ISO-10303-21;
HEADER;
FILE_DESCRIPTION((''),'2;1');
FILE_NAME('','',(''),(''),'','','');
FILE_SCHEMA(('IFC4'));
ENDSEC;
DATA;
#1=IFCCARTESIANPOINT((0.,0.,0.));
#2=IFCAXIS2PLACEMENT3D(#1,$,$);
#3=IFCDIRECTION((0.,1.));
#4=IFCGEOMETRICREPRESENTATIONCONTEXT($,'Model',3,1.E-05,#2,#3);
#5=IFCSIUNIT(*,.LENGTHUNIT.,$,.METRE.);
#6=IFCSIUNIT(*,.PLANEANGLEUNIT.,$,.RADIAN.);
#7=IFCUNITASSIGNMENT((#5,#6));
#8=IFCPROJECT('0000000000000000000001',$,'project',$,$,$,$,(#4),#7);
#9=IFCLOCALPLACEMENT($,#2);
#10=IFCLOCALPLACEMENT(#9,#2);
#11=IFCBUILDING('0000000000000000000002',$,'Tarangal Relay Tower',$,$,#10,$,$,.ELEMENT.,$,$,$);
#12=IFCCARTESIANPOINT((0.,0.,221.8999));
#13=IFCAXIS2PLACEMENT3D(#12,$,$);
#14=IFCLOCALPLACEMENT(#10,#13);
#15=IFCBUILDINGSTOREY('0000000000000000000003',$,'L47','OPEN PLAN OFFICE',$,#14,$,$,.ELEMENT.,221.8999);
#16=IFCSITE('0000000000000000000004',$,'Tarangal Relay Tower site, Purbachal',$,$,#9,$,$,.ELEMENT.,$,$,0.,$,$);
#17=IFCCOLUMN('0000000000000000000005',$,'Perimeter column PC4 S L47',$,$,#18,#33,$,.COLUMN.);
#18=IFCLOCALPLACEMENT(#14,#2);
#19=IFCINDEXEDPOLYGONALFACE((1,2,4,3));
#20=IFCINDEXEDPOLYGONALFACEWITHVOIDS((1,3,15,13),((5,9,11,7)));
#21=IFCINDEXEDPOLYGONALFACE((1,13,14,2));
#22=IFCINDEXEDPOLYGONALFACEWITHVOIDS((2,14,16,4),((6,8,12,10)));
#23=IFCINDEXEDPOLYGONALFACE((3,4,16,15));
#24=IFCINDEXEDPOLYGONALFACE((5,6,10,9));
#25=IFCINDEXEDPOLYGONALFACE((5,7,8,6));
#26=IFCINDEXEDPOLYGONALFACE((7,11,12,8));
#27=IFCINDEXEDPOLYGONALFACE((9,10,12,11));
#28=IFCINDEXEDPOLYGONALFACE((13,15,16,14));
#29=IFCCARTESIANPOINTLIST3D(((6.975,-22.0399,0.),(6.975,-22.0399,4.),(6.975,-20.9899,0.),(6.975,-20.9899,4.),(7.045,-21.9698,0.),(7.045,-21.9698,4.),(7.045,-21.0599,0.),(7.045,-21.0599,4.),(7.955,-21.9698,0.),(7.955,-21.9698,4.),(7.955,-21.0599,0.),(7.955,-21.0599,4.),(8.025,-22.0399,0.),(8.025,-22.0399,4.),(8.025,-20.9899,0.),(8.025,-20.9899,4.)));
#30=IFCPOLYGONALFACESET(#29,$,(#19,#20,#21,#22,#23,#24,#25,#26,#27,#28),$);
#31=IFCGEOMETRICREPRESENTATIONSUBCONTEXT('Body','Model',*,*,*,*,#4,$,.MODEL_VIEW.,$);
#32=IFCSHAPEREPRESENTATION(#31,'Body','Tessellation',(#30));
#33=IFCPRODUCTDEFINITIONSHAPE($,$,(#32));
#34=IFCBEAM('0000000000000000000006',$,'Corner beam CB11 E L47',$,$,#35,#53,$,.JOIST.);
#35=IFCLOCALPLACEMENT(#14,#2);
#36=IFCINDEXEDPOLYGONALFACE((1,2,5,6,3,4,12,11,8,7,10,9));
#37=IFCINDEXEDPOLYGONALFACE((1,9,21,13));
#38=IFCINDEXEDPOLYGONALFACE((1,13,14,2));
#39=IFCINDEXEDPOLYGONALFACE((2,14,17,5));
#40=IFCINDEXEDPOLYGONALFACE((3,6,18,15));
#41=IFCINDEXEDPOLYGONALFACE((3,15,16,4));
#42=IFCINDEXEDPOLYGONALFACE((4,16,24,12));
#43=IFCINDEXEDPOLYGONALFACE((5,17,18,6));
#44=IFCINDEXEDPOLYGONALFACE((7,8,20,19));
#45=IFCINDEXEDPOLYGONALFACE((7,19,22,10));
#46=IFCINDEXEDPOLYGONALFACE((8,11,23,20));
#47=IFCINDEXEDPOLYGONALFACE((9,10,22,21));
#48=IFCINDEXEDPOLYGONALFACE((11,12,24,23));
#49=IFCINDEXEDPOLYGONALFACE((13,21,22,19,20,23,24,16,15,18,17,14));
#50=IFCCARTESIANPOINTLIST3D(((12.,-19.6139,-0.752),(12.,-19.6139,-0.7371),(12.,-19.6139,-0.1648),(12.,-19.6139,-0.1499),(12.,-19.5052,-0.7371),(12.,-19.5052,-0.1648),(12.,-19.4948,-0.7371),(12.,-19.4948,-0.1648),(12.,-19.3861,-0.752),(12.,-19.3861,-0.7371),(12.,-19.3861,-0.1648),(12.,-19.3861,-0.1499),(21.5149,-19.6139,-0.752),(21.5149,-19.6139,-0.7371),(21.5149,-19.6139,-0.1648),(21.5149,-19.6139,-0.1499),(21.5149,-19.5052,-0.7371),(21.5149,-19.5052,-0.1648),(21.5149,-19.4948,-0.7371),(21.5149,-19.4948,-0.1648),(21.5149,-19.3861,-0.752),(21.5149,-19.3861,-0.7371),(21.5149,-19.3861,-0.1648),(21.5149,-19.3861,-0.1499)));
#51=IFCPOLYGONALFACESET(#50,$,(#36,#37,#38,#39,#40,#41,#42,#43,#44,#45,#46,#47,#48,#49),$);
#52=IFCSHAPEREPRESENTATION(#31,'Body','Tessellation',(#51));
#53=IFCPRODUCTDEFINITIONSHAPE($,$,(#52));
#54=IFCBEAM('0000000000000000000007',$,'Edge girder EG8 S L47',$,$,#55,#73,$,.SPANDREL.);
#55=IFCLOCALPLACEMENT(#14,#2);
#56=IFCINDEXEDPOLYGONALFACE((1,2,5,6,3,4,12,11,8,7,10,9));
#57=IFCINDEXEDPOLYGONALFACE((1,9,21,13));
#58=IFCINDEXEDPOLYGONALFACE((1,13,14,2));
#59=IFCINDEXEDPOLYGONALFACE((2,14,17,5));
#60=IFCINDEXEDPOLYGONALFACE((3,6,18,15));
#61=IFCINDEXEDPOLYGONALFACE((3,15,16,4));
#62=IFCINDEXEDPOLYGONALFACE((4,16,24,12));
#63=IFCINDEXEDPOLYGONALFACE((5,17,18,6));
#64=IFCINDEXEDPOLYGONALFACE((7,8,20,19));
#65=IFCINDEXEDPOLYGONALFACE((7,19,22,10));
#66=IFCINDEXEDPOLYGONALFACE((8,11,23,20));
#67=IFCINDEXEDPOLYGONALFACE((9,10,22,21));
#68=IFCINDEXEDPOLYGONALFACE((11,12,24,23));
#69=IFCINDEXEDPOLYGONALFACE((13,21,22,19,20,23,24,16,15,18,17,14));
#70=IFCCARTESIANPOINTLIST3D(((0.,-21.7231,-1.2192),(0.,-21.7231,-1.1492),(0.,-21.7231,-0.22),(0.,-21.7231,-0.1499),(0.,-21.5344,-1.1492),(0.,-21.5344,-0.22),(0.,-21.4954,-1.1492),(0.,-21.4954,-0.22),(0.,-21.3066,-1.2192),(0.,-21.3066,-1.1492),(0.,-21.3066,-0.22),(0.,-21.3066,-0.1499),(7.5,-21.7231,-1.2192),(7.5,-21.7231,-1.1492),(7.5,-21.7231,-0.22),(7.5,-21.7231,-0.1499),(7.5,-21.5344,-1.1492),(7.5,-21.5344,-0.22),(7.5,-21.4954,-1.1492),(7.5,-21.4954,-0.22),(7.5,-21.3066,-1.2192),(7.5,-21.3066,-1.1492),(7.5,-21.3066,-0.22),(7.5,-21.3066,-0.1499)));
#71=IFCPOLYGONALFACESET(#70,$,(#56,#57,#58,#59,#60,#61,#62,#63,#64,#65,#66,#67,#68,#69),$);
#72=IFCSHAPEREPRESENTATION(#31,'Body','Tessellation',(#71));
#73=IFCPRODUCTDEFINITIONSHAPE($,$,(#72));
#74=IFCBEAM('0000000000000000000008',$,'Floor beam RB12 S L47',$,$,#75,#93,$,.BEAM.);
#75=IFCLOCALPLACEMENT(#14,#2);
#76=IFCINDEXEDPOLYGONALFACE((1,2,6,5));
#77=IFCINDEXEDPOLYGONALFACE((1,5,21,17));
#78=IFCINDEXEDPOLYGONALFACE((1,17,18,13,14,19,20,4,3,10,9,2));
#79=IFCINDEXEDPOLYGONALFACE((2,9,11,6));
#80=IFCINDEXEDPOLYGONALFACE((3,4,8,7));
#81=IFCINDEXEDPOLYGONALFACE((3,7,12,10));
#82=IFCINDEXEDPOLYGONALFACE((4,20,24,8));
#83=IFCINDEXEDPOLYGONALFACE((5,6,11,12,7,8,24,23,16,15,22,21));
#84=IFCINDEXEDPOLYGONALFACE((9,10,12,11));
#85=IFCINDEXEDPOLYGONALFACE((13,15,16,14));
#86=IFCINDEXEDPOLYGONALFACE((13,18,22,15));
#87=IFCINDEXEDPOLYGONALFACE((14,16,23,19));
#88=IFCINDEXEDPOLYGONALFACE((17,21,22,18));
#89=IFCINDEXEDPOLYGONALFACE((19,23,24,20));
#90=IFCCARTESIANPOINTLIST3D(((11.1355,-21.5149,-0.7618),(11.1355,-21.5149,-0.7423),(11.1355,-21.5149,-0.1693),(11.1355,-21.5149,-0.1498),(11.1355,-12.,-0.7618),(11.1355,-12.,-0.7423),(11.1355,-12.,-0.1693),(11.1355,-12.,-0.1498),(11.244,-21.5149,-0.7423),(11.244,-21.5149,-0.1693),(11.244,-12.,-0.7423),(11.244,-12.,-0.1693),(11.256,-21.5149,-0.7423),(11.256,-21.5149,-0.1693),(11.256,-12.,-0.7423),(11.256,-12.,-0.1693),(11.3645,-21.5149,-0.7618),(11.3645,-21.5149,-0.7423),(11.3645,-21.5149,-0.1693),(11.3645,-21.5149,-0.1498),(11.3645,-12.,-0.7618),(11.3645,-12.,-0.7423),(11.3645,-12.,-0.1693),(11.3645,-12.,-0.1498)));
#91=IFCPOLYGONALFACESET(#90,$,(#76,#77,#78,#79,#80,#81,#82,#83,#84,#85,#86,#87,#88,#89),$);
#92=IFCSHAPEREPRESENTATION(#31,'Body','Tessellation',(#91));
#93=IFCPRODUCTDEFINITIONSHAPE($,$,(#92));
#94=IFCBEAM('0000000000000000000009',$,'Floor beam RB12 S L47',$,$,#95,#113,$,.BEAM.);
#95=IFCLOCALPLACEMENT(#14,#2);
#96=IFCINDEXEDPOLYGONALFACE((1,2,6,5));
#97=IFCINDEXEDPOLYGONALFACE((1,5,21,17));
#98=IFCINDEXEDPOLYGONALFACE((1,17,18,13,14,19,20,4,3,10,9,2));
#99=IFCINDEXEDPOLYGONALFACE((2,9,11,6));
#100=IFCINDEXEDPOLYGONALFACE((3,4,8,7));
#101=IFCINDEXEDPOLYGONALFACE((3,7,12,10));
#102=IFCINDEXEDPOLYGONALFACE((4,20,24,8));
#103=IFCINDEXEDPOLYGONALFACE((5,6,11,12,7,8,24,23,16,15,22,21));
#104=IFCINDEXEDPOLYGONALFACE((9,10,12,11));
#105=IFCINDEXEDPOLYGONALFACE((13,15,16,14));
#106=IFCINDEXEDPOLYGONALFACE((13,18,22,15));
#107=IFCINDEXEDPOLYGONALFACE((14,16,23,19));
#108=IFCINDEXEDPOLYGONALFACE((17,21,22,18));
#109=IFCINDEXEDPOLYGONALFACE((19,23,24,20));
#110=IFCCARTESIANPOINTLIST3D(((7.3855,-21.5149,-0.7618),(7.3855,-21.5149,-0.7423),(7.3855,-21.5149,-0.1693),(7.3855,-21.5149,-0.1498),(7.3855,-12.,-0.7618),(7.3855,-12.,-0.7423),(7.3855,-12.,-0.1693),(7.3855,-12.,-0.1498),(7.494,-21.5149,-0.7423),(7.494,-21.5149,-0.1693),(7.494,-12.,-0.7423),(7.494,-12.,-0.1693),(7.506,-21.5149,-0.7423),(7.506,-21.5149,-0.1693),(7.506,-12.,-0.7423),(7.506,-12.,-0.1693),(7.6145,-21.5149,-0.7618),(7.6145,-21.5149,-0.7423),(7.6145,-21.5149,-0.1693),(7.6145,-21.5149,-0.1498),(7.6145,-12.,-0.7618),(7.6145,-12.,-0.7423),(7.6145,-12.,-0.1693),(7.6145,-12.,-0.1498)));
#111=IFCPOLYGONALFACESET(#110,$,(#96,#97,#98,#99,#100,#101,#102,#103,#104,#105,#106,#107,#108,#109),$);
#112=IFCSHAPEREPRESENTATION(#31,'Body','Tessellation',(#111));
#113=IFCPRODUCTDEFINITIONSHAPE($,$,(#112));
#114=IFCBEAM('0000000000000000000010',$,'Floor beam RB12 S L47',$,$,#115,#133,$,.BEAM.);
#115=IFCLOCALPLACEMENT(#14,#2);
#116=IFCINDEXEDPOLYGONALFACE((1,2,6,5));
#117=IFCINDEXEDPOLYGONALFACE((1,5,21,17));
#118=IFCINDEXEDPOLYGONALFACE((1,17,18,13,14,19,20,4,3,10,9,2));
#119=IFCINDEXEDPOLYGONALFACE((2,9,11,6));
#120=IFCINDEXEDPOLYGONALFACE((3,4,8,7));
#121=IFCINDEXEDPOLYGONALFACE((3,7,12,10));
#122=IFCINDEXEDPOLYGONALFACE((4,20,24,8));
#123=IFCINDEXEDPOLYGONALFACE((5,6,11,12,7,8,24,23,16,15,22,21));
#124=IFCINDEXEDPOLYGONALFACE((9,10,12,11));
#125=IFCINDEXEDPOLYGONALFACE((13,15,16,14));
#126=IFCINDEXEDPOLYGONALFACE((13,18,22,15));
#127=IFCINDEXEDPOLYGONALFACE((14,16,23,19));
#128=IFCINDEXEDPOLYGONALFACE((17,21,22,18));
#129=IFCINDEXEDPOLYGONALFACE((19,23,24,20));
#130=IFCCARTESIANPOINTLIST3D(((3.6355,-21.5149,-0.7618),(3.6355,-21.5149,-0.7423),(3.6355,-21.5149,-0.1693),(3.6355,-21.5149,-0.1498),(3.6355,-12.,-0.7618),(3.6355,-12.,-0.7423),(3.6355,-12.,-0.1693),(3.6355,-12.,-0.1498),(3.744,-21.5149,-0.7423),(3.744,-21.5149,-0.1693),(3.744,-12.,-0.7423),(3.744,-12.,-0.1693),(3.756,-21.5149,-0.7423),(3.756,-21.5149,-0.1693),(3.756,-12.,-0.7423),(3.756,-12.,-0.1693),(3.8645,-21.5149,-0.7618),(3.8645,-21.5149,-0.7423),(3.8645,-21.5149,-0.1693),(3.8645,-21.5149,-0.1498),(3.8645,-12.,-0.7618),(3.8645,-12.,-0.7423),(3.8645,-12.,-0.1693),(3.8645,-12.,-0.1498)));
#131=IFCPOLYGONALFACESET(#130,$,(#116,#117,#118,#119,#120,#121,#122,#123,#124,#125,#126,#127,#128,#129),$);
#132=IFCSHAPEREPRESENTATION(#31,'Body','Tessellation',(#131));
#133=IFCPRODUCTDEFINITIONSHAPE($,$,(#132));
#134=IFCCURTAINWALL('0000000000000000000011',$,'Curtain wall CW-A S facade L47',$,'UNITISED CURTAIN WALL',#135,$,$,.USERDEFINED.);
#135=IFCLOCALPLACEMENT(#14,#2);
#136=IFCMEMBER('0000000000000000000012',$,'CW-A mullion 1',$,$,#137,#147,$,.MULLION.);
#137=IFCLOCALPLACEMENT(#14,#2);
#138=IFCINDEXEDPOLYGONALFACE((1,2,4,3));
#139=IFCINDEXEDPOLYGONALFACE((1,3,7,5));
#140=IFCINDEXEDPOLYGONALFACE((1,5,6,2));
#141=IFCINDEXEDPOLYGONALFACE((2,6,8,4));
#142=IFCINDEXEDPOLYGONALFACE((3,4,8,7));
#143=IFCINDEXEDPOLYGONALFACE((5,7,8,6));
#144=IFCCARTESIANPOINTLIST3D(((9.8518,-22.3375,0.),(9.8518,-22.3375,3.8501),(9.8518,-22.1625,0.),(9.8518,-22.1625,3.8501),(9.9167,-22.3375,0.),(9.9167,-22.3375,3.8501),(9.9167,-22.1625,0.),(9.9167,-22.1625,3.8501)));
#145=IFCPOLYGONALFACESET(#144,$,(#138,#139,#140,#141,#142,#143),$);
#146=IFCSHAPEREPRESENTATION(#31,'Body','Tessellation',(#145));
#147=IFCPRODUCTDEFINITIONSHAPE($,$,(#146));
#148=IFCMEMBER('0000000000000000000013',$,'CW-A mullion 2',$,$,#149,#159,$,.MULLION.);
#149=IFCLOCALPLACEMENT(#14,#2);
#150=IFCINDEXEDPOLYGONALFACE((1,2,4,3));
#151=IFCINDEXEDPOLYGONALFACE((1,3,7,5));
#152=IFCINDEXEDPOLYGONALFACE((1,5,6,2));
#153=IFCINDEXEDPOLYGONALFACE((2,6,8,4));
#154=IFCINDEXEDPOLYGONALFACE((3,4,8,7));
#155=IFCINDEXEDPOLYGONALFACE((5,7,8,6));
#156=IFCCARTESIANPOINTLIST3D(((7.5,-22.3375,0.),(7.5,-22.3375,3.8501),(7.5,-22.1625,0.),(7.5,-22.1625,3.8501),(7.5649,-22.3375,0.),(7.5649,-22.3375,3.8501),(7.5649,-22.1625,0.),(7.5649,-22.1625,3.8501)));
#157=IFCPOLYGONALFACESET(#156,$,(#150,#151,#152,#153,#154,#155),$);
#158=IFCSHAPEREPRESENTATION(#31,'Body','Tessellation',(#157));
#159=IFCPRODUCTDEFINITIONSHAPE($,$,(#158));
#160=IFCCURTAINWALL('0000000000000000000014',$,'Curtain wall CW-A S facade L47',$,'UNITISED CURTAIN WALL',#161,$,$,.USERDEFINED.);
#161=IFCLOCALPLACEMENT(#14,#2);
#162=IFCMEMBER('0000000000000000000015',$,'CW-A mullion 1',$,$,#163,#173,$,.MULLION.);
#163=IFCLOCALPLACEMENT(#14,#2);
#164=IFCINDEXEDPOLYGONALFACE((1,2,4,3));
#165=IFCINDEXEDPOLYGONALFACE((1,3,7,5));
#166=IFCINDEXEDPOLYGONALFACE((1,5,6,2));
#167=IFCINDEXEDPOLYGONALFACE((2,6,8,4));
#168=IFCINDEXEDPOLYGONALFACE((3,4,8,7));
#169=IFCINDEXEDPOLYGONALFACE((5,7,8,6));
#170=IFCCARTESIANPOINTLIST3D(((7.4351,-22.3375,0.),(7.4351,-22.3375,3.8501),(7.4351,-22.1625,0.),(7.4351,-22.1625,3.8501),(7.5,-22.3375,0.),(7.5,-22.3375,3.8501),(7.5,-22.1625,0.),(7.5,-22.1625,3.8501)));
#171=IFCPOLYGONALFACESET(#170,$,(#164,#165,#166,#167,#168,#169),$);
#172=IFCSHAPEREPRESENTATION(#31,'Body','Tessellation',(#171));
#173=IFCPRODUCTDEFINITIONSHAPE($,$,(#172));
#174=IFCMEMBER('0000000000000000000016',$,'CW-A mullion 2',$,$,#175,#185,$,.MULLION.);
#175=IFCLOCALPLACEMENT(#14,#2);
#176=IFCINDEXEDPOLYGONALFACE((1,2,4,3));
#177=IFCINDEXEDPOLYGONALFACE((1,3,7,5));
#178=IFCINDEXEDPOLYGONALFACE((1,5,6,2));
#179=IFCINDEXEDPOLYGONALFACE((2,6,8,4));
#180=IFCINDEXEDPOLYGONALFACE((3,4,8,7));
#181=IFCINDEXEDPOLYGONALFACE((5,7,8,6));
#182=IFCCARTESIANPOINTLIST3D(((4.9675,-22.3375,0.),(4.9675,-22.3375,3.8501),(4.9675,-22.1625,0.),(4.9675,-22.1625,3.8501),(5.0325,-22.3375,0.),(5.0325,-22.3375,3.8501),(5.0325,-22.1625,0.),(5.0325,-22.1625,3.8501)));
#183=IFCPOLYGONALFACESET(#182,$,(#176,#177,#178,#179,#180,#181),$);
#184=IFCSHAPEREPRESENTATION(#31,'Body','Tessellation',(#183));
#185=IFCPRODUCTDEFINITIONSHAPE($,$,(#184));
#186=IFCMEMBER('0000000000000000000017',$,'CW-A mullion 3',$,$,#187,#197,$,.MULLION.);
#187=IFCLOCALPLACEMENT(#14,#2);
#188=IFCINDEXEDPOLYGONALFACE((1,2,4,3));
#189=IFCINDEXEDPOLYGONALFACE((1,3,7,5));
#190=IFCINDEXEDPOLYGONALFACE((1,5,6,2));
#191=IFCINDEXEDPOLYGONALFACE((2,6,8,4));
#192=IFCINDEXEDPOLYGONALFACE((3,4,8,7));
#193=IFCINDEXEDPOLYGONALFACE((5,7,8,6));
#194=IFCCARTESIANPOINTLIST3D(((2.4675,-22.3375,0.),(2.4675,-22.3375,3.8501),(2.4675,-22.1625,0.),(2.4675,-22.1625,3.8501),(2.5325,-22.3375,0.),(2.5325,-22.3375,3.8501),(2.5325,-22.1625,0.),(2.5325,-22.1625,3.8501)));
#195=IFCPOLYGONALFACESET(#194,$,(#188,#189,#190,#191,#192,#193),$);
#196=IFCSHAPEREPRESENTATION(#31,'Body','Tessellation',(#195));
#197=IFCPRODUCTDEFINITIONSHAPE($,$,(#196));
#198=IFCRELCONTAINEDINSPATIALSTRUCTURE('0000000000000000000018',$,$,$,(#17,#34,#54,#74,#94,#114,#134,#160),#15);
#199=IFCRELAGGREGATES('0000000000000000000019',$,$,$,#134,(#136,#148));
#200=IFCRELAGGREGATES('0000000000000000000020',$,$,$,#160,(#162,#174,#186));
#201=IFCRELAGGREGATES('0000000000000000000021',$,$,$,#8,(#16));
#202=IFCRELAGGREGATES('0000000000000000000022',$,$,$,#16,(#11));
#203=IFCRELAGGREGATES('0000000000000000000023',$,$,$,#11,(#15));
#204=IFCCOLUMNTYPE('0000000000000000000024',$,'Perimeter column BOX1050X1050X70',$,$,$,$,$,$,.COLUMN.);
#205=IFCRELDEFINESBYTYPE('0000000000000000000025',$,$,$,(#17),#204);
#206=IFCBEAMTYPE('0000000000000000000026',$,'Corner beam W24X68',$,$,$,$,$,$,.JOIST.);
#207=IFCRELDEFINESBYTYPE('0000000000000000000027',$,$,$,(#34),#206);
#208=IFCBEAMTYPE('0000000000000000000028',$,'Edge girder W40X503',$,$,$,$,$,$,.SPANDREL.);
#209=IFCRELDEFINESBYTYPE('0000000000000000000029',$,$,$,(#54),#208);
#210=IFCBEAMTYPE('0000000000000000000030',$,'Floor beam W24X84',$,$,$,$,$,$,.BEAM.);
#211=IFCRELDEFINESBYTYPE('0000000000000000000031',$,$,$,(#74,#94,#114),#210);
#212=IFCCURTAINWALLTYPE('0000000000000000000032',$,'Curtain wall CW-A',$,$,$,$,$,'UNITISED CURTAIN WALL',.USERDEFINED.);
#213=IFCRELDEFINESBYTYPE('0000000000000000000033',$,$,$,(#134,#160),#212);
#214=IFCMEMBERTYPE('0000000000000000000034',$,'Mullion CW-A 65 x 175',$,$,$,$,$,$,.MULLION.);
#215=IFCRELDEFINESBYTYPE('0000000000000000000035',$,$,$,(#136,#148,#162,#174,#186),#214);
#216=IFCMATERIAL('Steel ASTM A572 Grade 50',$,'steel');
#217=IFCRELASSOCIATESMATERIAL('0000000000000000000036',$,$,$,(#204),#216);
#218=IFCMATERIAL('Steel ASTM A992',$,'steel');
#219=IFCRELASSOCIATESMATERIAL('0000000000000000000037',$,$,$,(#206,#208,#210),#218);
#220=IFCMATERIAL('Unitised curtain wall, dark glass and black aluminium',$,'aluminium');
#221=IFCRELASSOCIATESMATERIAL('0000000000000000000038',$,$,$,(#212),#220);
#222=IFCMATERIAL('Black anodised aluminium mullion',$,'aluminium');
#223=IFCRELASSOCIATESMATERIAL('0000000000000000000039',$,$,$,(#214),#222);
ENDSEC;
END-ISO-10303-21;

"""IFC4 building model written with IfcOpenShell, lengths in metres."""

from ifc_helpers import new_model, si_unit, direction, frame, origin, origin_2d, place, context, subcontext, project, spatial, rectangle, hollow_rectangle, i_section, extrude, material, material_profile, profile_set, type_object, element, aggregate, save


model = new_model("IFC4")

# Units and contexts
model_context = context("Model", 3, precision=1e-05, world=origin(), true_north=direction((0.0, 1.0)))
body_context = subcontext(model_context, "Body", "Model", "MODEL_VIEW")
ifc_project = project(units=[si_unit("LENGTHUNIT", "METRE"), si_unit("PLANEANGLEUNIT", "RADIAN")], contexts=[model_context])

# Site, building, storey
site_placement = place(None, origin())
site = spatial("IfcSite", under=ifc_project, at=site_placement, Name="Tarangal Relay Tower site, Purbachal", CompositionType="ELEMENT", RefElevation=0.0)
building_placement = place(site_placement, origin())
building = spatial("IfcBuilding", under=site, at=building_placement, Name="Tarangal Relay Tower", CompositionType="ELEMENT")
storey_placement = place(building_placement, frame((0.0, 0.0, 221.8999)))
storey = spatial("IfcBuildingStorey", under=building, at=storey_placement, Name="L47", Description="OPEN PLAN OFFICE", CompositionType="ELEMENT", Elevation=221.8999)

# Column
ifc_material_1 = material(Name="Steel ASTM A572 Grade 50", Category="steel")
ifc_material_profile_1 = material_profile(ifc_material_1, hollow_rectangle(XDim=1.05, YDim=1.05, WallThickness=0.0701, at=origin_2d()), Name="BOX1050X1050X70")
ifc_profile_set_1 = profile_set([ifc_material_profile_1], Name="Steel ASTM A572 Grade 50")
column_type = type_object("IfcColumnType", Name="Perimeter column BOX1050X1050X70", PredefinedType="COLUMN", material=ifc_profile_set_1)
column_placement = place(storey_placement, frame((7.5, -21.5149, 0.0), z_axis=(0.0, 0.0, 1.0), x_axis=(1.0, 0.0, 0.0)))
element("IfcColumn", 1, at=column_placement, inside=storey, type_object=column_type, Name="Perimeter column PC4 S L47", PredefinedType="COLUMN", context=body_context, shape_type="SweptSolid", body=[
    extrude(hollow_rectangle(XDim=1.05, YDim=1.05, WallThickness=0.0701, at=origin_2d()), origin(), (0.0, 0.0, 1.0), 4.0),
])

# Beams
ifc_material_2 = material(Name="Steel ASTM A992", Category="steel")
ifc_material_profile_2 = material_profile(ifc_material_2, i_section(OverallWidth=0.2278, OverallDepth=0.6021, WebThickness=0.0105, FlangeThickness=0.0149, at=origin_2d()), Name="W24X68")
ifc_profile_set_2 = profile_set([ifc_material_profile_2], Name="Steel ASTM A992")
beam_type_1 = type_object("IfcBeamType", Name="Corner beam W24X68", PredefinedType="JOIST", material=ifc_profile_set_2)
beam_1_placement = place(storey_placement, frame((12.0, -19.5, -0.4509), z_axis=(1.0, 0.0, 0.0), x_axis=(0.0, 1.0, 0.0)))
element("IfcBeam", 2, at=beam_1_placement, inside=storey, type_object=beam_type_1, Name="Corner beam CB11 E L47", PredefinedType="JOIST", context=body_context, shape_type="SweptSolid", body=[
    extrude(i_section(OverallWidth=0.2278, OverallDepth=0.6021, WebThickness=0.0105, FlangeThickness=0.0149, at=origin_2d()), origin(), (0.0, 0.0, 1.0), 9.5149),
])
ifc_material_profile_3 = material_profile(ifc_material_2, i_section(OverallWidth=0.4165, OverallDepth=1.0693, WebThickness=0.0391, FlangeThickness=0.0701, at=origin_2d()), Name="W40X503")
ifc_profile_set_3 = profile_set([ifc_material_profile_3], Name="Steel ASTM A992")
beam_type_2 = type_object("IfcBeamType", Name="Edge girder W40X503", PredefinedType="SPANDREL", material=ifc_profile_set_3)
beam_2_placement = place(storey_placement, frame((7.5, -21.5149, -0.6846), z_axis=(-1.0, 0.0, 0.0), x_axis=(0.0, -1.0, 0.0)))
element("IfcBeam", 3, at=beam_2_placement, inside=storey, type_object=beam_type_2, Name="Edge girder EG8 S L47", PredefinedType="SPANDREL", context=body_context, shape_type="SweptSolid", body=[
    extrude(i_section(OverallWidth=0.4165, OverallDepth=1.0693, WebThickness=0.0391, FlangeThickness=0.0701, at=origin_2d()), origin(), (0.0, 0.0, 1.0), 7.5),
])
ifc_material_profile_4 = material_profile(ifc_material_2, i_section(OverallWidth=0.229, OverallDepth=0.6121, WebThickness=0.012, FlangeThickness=0.0195, at=origin_2d()), Name="W24X84")
ifc_profile_set_4 = profile_set([ifc_material_profile_4], Name="Steel ASTM A992")
beam_type_3 = type_object("IfcBeamType", Name="Floor beam W24X84", PredefinedType="BEAM", material=ifc_profile_set_4)
for number, where, z_axis, x_axis, name in (
    (4, (11.25, -12.0, -0.4558), (0.0, -1.0, 0.0), (1.0, 0.0, 0.0), "Floor beam RB12 S L47"),
    (5, (7.5, -12.0, -0.4558), (0.0, -1.0, 0.0), (1.0, 0.0, 0.0), "Floor beam RB12 S L47"),
    (6, (3.75, -12.0, -0.4558), (0.0, -1.0, 0.0), (1.0, 0.0, 0.0), "Floor beam RB12 S L47"),
):
    element("IfcBeam", number, at=place(storey_placement, frame(where, z_axis=z_axis, x_axis=x_axis)), inside=storey, type_object=beam_type_3, Name=name, PredefinedType="BEAM", context=body_context, shape_type="SweptSolid", body=[
        extrude(i_section(OverallWidth=0.229, OverallDepth=0.6121, WebThickness=0.012, FlangeThickness=0.0195, at=origin_2d()), origin(), (0.0, 0.0, 1.0), 9.5149),
    ])

# Curtain walls, members
ifc_material_3 = material(Name="Unitised curtain wall, dark glass and black aluminium", Category="aluminium")
curtain_wall_type_1 = type_object("IfcCurtainWallType", Name="Curtain wall CW-A", ElementType="UNITISED CURTAIN WALL", PredefinedType="USERDEFINED", material=ifc_material_3)
curtain_wall_1_placement = place(storey_placement, origin())
curtain_wall_1 = element("IfcCurtainWall", 7, at=curtain_wall_1_placement, inside=storey, type_object=curtain_wall_type_1, Name="Curtain wall CW-A S facade L47", ObjectType="UNITISED CURTAIN WALL", PredefinedType="USERDEFINED")
ifc_material_4 = material(Name="Black anodised aluminium mullion", Category="aluminium")
ifc_material_profile_5 = material_profile(ifc_material_4, rectangle(XDim=0.175, YDim=0.0649, at=origin_2d()), Name="CW-AM 65X175")
ifc_profile_set_5 = profile_set([ifc_material_profile_5], Name="Black anodised aluminium mullion")
member_type_1 = type_object("IfcMemberType", Name="Mullion CW-A 65 x 175", PredefinedType="MULLION", material=ifc_profile_set_5)
member_1_placement = place(storey_placement, frame((9.8843, -22.25, 0.0), z_axis=(0.0, 0.0, 1.0), x_axis=(0.0, -1.0, 0.0)))
member_1 = element("IfcMember", 8, at=member_1_placement, type_object=member_type_1, Name="CW-A mullion 1", PredefinedType="MULLION", context=body_context, shape_type="SweptSolid", body=[
    extrude(rectangle(XDim=0.175, YDim=0.0649, at=origin_2d()), origin(), (0.0, 0.0, 1.0), 3.8501),
])
member_2_placement = place(storey_placement, frame((7.5325, -22.25, 0.0), z_axis=(0.0, 0.0, 1.0), x_axis=(0.0, -1.0, 0.0)))
member_2 = element("IfcMember", 9, at=member_2_placement, type_object=member_type_1, Name="CW-A mullion 2", PredefinedType="MULLION", context=body_context, shape_type="SweptSolid", body=[
    extrude(rectangle(XDim=0.175, YDim=0.0649, at=origin_2d()), origin(), (0.0, 0.0, 1.0), 3.8501),
])
curtain_wall_2_placement = place(storey_placement, origin())
curtain_wall_2 = element("IfcCurtainWall", 10, at=curtain_wall_2_placement, inside=storey, type_object=curtain_wall_type_1, Name="Curtain wall CW-A S facade L47", ObjectType="UNITISED CURTAIN WALL", PredefinedType="USERDEFINED")
member_3_placement = place(storey_placement, frame((7.4675, -22.25, 0.0), z_axis=(0.0, 0.0, 1.0), x_axis=(0.0, -1.0, 0.0)))
member_3 = element("IfcMember", 11, at=member_3_placement, type_object=member_type_1, Name="CW-A mullion 1", PredefinedType="MULLION", context=body_context, shape_type="SweptSolid", body=[
    extrude(rectangle(XDim=0.175, YDim=0.0649, at=origin_2d()), origin(), (0.0, 0.0, 1.0), 3.8501),
])
member_4_placement = place(storey_placement, frame((5.0, -22.25, 0.0), z_axis=(0.0, 0.0, 1.0), x_axis=(0.0, -1.0, 0.0)))
member_4 = element("IfcMember", 12, at=member_4_placement, type_object=member_type_1, Name="CW-A mullion 2", PredefinedType="MULLION", context=body_context, shape_type="SweptSolid", body=[
    extrude(rectangle(XDim=0.175, YDim=0.0649, at=origin_2d()), origin(), (0.0, 0.0, 1.0), 3.8501),
])
member_5_placement = place(storey_placement, frame((2.5, -22.25, 0.0), z_axis=(0.0, 0.0, 1.0), x_axis=(0.0, -1.0, 0.0)))
member_5 = element("IfcMember", 13, at=member_5_placement, type_object=member_type_1, Name="CW-A mullion 3", PredefinedType="MULLION", context=body_context, shape_type="SweptSolid", body=[
    extrude(rectangle(XDim=0.175, YDim=0.0649, at=origin_2d()), origin(), (0.0, 0.0, 1.0), 3.8501),
])

aggregate(curtain_wall_1, [member_1, member_2])
aggregate(curtain_wall_2, [member_3, member_4, member_5])

save(model, "model.ifc")
